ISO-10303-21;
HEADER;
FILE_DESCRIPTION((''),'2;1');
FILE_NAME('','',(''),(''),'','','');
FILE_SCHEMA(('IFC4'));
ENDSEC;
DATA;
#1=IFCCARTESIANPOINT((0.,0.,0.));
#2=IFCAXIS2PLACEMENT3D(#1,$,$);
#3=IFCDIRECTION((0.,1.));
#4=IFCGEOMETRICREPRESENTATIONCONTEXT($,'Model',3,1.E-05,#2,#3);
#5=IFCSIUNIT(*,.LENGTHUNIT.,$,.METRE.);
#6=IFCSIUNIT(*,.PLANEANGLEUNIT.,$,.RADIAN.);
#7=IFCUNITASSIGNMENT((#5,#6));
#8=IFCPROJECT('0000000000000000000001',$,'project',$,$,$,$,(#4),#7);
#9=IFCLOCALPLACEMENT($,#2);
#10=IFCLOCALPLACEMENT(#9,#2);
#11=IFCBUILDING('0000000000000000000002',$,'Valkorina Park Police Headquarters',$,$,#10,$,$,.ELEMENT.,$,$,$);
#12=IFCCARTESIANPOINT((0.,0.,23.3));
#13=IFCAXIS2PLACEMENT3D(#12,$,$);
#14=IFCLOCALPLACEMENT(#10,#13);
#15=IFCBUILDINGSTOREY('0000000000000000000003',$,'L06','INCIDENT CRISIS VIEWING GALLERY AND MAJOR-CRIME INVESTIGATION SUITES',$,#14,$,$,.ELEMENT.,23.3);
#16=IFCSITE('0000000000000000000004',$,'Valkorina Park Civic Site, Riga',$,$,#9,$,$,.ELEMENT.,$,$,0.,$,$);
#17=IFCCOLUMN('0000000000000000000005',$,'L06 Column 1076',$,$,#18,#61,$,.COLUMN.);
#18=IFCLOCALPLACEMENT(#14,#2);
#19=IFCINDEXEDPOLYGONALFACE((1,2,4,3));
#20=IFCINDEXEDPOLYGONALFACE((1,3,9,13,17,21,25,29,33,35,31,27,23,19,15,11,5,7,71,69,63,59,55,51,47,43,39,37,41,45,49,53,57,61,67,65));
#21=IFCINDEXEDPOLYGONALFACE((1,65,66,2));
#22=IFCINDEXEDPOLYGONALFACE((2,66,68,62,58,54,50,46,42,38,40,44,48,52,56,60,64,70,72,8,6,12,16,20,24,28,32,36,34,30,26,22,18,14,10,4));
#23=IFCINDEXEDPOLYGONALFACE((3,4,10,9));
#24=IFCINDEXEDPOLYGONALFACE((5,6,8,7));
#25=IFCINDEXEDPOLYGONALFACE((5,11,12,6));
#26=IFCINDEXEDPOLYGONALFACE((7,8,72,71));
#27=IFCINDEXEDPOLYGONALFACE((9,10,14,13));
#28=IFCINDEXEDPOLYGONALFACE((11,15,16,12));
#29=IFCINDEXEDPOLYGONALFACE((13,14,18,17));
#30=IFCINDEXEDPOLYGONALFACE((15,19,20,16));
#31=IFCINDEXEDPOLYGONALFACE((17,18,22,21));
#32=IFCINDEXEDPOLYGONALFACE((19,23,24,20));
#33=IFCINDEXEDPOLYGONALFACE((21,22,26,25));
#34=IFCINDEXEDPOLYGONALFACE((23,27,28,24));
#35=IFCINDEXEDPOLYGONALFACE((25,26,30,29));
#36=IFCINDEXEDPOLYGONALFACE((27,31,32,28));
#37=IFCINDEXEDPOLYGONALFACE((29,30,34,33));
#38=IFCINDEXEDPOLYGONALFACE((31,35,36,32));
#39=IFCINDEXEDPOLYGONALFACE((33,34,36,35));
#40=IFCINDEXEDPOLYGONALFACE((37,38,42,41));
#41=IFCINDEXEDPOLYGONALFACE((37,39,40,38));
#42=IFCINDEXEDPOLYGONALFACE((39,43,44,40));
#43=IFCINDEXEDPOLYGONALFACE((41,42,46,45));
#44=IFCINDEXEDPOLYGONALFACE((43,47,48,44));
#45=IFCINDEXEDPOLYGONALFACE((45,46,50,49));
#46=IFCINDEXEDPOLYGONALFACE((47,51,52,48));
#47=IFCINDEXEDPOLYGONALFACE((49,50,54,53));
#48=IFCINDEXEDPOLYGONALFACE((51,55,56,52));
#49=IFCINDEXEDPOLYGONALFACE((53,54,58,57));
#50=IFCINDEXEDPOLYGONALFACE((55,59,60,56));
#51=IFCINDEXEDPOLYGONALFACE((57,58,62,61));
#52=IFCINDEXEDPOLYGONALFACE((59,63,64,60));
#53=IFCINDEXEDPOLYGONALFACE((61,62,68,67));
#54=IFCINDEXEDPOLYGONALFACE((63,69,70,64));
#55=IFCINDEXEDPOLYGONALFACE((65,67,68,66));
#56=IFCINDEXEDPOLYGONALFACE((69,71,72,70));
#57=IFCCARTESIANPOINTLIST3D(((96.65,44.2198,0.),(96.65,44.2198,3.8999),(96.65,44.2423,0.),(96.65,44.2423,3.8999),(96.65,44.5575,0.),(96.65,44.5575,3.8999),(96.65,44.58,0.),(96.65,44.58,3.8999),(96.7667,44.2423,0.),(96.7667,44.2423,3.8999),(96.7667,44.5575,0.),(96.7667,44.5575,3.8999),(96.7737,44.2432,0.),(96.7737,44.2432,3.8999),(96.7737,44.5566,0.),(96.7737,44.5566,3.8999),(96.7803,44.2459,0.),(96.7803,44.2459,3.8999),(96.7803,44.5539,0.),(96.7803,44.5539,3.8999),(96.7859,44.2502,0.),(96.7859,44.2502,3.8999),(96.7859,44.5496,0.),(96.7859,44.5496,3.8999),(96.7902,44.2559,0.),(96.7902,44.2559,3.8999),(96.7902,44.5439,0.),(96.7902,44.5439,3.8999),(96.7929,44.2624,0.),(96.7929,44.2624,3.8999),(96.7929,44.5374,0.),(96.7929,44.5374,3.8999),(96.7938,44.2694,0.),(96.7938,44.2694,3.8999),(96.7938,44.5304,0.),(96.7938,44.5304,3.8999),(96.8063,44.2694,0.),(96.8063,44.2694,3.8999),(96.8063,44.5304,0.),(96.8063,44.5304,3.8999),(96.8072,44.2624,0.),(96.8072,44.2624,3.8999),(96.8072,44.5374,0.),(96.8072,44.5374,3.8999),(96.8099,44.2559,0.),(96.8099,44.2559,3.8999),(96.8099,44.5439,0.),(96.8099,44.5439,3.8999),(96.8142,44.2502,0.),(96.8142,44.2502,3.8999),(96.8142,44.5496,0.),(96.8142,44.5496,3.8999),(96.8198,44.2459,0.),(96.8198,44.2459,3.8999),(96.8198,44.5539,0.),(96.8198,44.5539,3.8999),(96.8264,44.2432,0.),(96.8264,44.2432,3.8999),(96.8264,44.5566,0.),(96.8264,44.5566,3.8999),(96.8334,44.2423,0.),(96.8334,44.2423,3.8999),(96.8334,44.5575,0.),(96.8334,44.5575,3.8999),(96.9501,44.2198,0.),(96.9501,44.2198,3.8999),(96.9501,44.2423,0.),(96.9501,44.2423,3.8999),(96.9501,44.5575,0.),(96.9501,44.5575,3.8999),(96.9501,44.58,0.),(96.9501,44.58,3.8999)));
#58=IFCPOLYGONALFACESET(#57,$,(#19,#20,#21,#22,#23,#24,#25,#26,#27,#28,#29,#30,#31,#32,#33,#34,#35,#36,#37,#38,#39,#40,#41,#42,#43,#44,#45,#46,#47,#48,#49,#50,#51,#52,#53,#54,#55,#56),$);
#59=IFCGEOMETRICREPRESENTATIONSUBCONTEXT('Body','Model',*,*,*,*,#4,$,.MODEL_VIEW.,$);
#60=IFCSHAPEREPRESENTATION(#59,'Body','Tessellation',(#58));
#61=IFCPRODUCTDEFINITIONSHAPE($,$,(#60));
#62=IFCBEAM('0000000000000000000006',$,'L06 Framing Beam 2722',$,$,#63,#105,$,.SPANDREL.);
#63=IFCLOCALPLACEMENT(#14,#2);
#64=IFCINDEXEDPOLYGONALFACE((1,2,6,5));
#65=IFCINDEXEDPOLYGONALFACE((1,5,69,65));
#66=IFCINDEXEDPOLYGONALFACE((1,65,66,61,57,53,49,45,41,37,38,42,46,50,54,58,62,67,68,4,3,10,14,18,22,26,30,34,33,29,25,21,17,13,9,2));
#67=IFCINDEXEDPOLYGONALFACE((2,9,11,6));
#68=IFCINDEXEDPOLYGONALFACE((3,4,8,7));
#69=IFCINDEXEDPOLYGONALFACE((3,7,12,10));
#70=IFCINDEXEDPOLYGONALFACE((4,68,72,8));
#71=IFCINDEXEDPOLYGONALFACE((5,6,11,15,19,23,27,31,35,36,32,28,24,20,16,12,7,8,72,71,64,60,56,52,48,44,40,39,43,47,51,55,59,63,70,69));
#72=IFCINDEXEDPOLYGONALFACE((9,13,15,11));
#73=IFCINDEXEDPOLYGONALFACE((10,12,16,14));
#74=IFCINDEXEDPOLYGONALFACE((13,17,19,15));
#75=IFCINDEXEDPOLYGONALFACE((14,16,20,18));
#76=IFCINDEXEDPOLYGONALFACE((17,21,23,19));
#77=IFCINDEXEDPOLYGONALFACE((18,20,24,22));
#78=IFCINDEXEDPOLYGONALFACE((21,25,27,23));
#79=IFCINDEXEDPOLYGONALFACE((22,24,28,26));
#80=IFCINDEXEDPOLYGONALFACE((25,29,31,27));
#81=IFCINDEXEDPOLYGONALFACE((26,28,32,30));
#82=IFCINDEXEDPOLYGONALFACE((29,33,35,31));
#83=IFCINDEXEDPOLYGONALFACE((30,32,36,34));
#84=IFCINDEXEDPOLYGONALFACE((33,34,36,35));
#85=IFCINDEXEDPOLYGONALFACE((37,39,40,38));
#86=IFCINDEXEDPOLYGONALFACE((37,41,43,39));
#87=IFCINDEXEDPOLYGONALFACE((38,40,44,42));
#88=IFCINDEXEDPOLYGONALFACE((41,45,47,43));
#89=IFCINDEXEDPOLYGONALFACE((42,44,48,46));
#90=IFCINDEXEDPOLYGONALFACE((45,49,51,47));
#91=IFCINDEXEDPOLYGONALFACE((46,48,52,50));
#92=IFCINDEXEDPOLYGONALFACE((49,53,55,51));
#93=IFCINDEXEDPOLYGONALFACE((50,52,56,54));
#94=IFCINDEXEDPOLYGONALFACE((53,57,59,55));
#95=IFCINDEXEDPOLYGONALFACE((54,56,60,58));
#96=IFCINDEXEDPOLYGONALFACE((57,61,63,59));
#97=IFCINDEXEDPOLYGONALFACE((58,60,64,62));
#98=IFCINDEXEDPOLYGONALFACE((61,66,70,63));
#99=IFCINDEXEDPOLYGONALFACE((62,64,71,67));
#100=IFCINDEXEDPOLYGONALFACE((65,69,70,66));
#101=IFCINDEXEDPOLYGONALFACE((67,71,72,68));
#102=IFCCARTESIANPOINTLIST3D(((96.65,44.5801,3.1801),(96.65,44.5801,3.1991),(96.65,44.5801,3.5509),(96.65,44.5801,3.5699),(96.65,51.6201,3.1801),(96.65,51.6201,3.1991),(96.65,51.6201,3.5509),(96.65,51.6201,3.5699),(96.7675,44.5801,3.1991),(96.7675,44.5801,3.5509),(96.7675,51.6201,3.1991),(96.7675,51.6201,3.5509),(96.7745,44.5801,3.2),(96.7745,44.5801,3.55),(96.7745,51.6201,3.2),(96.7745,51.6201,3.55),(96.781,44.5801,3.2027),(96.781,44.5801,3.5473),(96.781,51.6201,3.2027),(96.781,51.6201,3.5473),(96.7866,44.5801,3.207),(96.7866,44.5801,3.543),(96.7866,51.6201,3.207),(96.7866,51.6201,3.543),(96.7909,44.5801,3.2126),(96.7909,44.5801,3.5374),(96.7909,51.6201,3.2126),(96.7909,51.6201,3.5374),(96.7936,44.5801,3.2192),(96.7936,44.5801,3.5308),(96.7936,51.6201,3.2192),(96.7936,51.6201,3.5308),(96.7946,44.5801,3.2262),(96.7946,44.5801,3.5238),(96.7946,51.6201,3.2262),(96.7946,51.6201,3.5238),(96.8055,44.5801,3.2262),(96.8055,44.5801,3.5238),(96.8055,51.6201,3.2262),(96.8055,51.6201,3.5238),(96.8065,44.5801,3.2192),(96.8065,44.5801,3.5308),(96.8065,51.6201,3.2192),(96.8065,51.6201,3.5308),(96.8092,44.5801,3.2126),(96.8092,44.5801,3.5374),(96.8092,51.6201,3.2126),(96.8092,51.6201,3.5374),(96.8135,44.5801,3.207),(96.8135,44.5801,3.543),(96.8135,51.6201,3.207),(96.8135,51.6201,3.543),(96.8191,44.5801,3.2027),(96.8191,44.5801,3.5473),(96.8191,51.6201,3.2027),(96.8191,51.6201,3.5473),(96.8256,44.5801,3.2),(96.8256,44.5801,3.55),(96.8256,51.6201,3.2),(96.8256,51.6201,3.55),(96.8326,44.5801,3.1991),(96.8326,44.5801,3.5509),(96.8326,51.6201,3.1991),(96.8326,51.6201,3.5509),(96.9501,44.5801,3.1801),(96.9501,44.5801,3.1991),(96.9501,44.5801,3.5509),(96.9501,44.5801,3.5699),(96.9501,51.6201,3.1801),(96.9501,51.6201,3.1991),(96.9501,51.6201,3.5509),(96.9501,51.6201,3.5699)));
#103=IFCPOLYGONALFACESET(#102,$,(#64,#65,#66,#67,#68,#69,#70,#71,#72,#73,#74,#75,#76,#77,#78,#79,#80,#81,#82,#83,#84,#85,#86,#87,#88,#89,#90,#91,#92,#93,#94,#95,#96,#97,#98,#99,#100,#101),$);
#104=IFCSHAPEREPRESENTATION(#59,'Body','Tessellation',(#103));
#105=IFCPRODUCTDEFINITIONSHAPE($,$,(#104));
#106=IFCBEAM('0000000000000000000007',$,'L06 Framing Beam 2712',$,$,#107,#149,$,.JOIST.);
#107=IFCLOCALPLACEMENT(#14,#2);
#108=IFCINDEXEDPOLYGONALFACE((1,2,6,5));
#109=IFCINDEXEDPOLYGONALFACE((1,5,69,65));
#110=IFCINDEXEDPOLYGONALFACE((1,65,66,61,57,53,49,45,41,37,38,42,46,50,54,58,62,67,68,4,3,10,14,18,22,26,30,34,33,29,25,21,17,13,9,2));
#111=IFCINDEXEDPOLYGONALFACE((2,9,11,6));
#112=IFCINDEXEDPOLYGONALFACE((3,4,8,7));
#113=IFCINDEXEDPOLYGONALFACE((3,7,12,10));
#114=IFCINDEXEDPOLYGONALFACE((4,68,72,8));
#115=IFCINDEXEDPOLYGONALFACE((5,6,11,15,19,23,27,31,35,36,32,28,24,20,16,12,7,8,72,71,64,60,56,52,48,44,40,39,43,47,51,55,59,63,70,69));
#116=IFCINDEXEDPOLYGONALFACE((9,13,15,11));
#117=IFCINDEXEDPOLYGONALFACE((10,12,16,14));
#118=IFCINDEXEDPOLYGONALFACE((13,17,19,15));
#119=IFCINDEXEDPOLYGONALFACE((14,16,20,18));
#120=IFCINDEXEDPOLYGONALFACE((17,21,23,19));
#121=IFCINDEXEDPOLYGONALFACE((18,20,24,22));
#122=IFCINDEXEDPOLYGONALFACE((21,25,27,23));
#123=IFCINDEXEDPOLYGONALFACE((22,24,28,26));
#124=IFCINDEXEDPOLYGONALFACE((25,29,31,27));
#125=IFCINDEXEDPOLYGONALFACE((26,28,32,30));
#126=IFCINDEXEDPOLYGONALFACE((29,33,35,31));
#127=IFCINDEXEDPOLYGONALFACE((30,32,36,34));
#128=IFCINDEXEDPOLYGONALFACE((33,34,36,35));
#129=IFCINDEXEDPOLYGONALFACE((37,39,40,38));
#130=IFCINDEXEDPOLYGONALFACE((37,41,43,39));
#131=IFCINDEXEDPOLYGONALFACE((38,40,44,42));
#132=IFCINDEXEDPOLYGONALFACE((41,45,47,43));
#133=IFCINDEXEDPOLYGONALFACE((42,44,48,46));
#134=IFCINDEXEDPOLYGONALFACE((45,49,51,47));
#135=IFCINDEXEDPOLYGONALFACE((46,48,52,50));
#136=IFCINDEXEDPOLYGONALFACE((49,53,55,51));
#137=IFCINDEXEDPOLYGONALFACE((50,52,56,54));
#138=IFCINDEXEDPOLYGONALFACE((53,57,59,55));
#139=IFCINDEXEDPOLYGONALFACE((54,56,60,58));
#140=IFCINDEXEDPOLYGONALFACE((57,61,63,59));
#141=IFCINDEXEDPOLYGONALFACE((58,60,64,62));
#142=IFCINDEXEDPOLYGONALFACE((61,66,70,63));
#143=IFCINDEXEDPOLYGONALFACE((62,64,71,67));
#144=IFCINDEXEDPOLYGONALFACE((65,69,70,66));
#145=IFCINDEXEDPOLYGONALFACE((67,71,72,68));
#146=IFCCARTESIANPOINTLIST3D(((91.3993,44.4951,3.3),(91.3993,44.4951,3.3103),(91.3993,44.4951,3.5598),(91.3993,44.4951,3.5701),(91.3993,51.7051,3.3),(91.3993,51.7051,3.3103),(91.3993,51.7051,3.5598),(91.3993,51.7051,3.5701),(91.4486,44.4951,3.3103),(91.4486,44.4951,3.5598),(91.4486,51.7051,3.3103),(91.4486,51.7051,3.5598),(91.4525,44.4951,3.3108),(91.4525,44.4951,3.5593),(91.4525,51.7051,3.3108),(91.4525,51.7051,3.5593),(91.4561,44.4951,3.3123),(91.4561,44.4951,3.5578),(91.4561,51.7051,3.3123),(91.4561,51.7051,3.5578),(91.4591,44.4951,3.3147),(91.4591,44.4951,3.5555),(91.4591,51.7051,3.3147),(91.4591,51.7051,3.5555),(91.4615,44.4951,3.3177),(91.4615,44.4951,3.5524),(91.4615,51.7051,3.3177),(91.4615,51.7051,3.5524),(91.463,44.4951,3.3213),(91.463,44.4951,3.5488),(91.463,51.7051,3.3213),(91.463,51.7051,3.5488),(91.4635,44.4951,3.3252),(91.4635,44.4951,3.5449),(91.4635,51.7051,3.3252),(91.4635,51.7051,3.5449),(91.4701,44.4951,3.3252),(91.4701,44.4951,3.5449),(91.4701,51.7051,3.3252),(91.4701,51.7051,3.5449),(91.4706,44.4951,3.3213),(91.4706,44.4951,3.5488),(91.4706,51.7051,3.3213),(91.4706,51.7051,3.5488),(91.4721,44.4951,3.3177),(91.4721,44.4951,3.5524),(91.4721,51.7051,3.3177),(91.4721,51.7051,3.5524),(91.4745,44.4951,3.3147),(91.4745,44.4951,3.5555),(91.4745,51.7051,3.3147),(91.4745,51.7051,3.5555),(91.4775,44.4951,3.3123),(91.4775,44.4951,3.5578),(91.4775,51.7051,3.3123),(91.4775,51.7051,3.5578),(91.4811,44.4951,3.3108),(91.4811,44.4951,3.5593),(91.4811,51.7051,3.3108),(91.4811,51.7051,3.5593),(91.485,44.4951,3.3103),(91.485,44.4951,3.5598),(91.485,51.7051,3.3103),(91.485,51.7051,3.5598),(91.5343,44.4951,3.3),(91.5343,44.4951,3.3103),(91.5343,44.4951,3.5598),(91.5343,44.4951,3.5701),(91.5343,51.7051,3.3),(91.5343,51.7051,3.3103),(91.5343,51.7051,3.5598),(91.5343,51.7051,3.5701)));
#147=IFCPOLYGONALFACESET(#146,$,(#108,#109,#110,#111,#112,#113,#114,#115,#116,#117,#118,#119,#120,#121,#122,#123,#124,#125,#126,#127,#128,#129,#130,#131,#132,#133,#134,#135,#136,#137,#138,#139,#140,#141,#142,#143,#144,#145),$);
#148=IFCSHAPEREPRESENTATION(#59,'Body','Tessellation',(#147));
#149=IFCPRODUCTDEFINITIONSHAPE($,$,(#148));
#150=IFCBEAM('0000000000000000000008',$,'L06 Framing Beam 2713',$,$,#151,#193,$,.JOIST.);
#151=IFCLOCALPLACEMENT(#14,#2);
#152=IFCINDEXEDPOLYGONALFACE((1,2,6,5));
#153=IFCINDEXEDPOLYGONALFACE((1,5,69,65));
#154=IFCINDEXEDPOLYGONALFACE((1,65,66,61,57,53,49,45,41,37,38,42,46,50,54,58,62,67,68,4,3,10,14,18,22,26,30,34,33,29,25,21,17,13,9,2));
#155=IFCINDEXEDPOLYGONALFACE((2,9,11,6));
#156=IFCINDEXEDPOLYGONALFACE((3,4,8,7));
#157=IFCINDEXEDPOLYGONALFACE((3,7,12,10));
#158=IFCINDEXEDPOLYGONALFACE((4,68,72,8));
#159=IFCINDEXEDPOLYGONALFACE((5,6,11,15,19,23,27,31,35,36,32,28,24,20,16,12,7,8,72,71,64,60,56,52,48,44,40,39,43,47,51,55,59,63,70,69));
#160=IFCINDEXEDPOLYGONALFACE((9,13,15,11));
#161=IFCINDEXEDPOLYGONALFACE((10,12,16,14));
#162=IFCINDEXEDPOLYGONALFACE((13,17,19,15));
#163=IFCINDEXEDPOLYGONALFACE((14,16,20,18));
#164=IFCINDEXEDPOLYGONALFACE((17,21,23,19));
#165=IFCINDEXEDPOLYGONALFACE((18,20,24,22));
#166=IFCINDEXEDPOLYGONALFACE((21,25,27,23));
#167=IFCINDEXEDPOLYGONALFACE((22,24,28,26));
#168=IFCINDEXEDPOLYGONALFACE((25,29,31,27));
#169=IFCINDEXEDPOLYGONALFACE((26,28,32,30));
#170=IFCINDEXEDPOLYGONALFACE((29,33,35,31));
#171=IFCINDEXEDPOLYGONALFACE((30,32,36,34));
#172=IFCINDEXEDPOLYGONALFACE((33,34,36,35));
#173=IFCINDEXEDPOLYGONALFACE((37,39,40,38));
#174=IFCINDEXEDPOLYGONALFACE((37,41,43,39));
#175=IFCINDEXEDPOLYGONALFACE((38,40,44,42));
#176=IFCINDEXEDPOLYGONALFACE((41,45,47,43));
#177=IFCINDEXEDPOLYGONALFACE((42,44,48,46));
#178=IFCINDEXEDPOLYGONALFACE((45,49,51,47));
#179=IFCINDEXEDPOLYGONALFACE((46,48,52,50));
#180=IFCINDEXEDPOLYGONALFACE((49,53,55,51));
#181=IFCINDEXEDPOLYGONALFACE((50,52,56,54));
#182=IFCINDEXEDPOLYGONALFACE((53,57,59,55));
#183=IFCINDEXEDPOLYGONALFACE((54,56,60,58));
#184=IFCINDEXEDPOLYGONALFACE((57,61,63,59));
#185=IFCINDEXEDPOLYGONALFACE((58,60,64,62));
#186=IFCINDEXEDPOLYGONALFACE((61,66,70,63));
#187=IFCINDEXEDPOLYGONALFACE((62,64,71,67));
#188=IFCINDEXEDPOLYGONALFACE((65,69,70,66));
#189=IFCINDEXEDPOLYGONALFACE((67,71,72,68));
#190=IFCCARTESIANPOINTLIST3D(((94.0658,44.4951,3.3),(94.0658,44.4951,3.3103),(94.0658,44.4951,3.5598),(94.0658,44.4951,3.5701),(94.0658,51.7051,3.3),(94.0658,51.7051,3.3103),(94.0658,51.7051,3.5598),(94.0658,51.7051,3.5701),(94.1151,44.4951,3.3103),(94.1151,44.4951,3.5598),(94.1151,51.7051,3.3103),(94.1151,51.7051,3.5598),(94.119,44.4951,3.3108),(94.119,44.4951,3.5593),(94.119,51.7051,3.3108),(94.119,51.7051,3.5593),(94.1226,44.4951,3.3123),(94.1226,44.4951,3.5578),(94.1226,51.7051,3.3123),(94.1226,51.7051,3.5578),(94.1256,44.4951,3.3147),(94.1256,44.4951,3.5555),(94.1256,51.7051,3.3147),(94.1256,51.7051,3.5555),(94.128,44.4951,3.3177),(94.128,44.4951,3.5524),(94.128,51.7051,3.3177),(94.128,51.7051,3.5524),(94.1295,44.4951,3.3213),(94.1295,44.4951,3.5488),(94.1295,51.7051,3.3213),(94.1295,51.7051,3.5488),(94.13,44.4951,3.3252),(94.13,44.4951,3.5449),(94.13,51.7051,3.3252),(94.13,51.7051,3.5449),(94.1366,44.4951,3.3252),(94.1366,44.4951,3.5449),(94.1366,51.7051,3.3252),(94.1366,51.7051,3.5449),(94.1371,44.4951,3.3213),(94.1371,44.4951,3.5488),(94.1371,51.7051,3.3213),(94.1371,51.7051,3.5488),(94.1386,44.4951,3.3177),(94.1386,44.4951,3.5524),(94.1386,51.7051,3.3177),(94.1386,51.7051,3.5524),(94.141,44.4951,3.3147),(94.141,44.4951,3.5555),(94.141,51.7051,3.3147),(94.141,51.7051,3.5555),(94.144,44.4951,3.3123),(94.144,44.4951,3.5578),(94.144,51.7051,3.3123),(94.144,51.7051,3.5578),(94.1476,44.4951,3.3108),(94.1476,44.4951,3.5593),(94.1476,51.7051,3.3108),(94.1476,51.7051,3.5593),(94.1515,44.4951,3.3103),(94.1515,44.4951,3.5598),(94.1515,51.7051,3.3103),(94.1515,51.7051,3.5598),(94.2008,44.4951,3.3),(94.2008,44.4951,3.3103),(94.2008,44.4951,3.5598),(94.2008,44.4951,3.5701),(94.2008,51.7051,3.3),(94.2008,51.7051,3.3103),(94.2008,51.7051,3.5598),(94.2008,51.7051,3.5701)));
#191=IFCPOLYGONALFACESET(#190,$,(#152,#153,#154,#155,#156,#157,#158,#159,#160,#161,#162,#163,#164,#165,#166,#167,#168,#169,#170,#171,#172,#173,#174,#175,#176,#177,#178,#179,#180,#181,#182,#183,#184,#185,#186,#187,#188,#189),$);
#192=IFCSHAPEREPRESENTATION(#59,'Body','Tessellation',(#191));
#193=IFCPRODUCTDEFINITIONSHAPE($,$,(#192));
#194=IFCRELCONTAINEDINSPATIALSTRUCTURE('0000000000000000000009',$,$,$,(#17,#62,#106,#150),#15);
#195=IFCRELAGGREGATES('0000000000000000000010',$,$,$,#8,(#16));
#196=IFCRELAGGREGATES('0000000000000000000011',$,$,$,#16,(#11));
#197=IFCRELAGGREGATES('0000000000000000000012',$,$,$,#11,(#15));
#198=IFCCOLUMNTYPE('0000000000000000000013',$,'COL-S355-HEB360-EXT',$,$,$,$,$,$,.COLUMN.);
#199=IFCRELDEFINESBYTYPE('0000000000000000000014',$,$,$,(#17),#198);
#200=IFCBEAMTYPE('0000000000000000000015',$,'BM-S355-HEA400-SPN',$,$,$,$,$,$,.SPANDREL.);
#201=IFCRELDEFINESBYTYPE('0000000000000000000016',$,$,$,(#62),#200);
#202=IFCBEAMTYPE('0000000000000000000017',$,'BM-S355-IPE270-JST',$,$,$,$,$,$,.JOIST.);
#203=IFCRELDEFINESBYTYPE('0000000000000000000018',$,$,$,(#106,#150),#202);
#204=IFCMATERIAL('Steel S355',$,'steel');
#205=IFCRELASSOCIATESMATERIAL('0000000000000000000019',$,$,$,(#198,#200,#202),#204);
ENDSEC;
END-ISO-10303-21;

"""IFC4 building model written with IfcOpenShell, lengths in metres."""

from ifc_helpers import new_model, si_unit, direction, frame, origin, origin_2d, place, context, subcontext, project, spatial, i_section, extrude, material, material_profile, profile_set, type_object, element, save


model = new_model("IFC4")

# Units and contexts
model_context = context("Model", 3, precision=1e-05, world=origin(), true_north=direction((0.0, 1.0)))
body_context = subcontext(model_context, "Body", "Model", "MODEL_VIEW")
ifc_project = project(units=[si_unit("LENGTHUNIT", "METRE"), si_unit("PLANEANGLEUNIT", "RADIAN")], contexts=[model_context])

# Site, building, storey
site_placement = place(None, origin())
site = spatial("IfcSite", under=ifc_project, at=site_placement, Name="Valkorina Park Civic Site, Riga", CompositionType="ELEMENT", RefElevation=0.0)
building_placement = place(site_placement, origin())
building = spatial("IfcBuilding", under=site, at=building_placement, Name="Valkorina Park Police Headquarters", CompositionType="ELEMENT")
storey_placement = place(building_placement, frame((0.0, 0.0, 23.3)))
storey = spatial("IfcBuildingStorey", under=building, at=storey_placement, Name="L06", Description="INCIDENT CRISIS VIEWING GALLERY AND MAJOR-CRIME INVESTIGATION SUITES", CompositionType="ELEMENT", Elevation=23.3)

# Column
ifc_material_1 = material(Name="Steel S355", Category="steel")
ifc_material_profile_1 = material_profile(ifc_material_1, i_section(OverallWidth=0.3, OverallDepth=0.3601, WebThickness=0.0125, FlangeThickness=0.0225, FilletRadius=0.0271, at=origin_2d()), Name="HEB 360")
ifc_profile_set_1 = profile_set([ifc_material_profile_1], Name="Steel S355")
column_type = type_object("IfcColumnType", Name="COL-S355-HEB360-EXT", PredefinedType="COLUMN", material=ifc_profile_set_1)
column_placement = place(storey_placement, frame((96.8, 44.3999, 0.0), z_axis=(0.0, 0.0, 1.0), x_axis=(1.0, 0.0, 0.0)))
element("IfcColumn", 1, at=column_placement, inside=storey, type_object=column_type, Name="L06 Column 1076", PredefinedType="COLUMN", context=body_context, shape_type="SweptSolid", body=[
    extrude(i_section(OverallWidth=0.3, OverallDepth=0.3601, WebThickness=0.0125, FlangeThickness=0.0225, FilletRadius=0.0271, at=origin_2d()), origin(), (0.0, 0.0, 1.0), 3.8999),
])

# Beams
ifc_material_profile_2 = material_profile(ifc_material_1, i_section(OverallWidth=0.3, OverallDepth=0.3899, WebThickness=0.011, FlangeThickness=0.019, FilletRadius=0.0271, at=origin_2d()), Name="HEA 400")
ifc_profile_set_2 = profile_set([ifc_material_profile_2], Name="Steel S355")
beam_type_1 = type_object("IfcBeamType", Name="BM-S355-HEA400-SPN", PredefinedType="SPANDREL", material=ifc_profile_set_2)
beam_placement = place(storey_placement, frame((96.8, 44.5801, 3.375), z_axis=(0.0, 1.0, 0.0), x_axis=(-1.0, 0.0, 0.0)))
element("IfcBeam", 2, at=beam_placement, inside=storey, type_object=beam_type_1, Name="L06 Framing Beam 2722", PredefinedType="SPANDREL", context=body_context, shape_type="SweptSolid", body=[
    extrude(i_section(OverallWidth=0.3, OverallDepth=0.3899, WebThickness=0.011, FlangeThickness=0.019, FilletRadius=0.0271, at=origin_2d()), origin(), (0.0, 0.0, 1.0), 7.04),
])
ifc_material_profile_3 = material_profile(ifc_material_1, i_section(OverallWidth=0.135, OverallDepth=0.27, WebThickness=0.0066, FlangeThickness=0.0103, FilletRadius=0.0149, at=origin_2d()), Name="IPE 270")
ifc_profile_set_3 = profile_set([ifc_material_profile_3], Name="Steel S355")
beam_type_2 = type_object("IfcBeamType", Name="BM-S355-IPE270-JST", PredefinedType="JOIST", material=ifc_profile_set_3)
for number, where, z_axis, x_axis, name in (
    (3, (91.4668, 44.4951, 3.4351), (0.0, 1.0, 0.0), (-1.0, 0.0, 0.0), "L06 Framing Beam 2712"),
    (4, (94.1333, 44.4951, 3.4351), (0.0, 1.0, 0.0), (-1.0, 0.0, 0.0), "L06 Framing Beam 2713"),
):
    element("IfcBeam", number, at=place(storey_placement, frame(where, z_axis=z_axis, x_axis=x_axis)), inside=storey, type_object=beam_type_2, Name=name, PredefinedType="JOIST", context=body_context, shape_type="SweptSolid", body=[
        extrude(i_section(OverallWidth=0.135, OverallDepth=0.27, WebThickness=0.0066, FlangeThickness=0.0103, FilletRadius=0.0149, at=origin_2d()), origin(), (0.0, 0.0, 1.0), 7.21),
    ])

save(model, "model.ifc")
